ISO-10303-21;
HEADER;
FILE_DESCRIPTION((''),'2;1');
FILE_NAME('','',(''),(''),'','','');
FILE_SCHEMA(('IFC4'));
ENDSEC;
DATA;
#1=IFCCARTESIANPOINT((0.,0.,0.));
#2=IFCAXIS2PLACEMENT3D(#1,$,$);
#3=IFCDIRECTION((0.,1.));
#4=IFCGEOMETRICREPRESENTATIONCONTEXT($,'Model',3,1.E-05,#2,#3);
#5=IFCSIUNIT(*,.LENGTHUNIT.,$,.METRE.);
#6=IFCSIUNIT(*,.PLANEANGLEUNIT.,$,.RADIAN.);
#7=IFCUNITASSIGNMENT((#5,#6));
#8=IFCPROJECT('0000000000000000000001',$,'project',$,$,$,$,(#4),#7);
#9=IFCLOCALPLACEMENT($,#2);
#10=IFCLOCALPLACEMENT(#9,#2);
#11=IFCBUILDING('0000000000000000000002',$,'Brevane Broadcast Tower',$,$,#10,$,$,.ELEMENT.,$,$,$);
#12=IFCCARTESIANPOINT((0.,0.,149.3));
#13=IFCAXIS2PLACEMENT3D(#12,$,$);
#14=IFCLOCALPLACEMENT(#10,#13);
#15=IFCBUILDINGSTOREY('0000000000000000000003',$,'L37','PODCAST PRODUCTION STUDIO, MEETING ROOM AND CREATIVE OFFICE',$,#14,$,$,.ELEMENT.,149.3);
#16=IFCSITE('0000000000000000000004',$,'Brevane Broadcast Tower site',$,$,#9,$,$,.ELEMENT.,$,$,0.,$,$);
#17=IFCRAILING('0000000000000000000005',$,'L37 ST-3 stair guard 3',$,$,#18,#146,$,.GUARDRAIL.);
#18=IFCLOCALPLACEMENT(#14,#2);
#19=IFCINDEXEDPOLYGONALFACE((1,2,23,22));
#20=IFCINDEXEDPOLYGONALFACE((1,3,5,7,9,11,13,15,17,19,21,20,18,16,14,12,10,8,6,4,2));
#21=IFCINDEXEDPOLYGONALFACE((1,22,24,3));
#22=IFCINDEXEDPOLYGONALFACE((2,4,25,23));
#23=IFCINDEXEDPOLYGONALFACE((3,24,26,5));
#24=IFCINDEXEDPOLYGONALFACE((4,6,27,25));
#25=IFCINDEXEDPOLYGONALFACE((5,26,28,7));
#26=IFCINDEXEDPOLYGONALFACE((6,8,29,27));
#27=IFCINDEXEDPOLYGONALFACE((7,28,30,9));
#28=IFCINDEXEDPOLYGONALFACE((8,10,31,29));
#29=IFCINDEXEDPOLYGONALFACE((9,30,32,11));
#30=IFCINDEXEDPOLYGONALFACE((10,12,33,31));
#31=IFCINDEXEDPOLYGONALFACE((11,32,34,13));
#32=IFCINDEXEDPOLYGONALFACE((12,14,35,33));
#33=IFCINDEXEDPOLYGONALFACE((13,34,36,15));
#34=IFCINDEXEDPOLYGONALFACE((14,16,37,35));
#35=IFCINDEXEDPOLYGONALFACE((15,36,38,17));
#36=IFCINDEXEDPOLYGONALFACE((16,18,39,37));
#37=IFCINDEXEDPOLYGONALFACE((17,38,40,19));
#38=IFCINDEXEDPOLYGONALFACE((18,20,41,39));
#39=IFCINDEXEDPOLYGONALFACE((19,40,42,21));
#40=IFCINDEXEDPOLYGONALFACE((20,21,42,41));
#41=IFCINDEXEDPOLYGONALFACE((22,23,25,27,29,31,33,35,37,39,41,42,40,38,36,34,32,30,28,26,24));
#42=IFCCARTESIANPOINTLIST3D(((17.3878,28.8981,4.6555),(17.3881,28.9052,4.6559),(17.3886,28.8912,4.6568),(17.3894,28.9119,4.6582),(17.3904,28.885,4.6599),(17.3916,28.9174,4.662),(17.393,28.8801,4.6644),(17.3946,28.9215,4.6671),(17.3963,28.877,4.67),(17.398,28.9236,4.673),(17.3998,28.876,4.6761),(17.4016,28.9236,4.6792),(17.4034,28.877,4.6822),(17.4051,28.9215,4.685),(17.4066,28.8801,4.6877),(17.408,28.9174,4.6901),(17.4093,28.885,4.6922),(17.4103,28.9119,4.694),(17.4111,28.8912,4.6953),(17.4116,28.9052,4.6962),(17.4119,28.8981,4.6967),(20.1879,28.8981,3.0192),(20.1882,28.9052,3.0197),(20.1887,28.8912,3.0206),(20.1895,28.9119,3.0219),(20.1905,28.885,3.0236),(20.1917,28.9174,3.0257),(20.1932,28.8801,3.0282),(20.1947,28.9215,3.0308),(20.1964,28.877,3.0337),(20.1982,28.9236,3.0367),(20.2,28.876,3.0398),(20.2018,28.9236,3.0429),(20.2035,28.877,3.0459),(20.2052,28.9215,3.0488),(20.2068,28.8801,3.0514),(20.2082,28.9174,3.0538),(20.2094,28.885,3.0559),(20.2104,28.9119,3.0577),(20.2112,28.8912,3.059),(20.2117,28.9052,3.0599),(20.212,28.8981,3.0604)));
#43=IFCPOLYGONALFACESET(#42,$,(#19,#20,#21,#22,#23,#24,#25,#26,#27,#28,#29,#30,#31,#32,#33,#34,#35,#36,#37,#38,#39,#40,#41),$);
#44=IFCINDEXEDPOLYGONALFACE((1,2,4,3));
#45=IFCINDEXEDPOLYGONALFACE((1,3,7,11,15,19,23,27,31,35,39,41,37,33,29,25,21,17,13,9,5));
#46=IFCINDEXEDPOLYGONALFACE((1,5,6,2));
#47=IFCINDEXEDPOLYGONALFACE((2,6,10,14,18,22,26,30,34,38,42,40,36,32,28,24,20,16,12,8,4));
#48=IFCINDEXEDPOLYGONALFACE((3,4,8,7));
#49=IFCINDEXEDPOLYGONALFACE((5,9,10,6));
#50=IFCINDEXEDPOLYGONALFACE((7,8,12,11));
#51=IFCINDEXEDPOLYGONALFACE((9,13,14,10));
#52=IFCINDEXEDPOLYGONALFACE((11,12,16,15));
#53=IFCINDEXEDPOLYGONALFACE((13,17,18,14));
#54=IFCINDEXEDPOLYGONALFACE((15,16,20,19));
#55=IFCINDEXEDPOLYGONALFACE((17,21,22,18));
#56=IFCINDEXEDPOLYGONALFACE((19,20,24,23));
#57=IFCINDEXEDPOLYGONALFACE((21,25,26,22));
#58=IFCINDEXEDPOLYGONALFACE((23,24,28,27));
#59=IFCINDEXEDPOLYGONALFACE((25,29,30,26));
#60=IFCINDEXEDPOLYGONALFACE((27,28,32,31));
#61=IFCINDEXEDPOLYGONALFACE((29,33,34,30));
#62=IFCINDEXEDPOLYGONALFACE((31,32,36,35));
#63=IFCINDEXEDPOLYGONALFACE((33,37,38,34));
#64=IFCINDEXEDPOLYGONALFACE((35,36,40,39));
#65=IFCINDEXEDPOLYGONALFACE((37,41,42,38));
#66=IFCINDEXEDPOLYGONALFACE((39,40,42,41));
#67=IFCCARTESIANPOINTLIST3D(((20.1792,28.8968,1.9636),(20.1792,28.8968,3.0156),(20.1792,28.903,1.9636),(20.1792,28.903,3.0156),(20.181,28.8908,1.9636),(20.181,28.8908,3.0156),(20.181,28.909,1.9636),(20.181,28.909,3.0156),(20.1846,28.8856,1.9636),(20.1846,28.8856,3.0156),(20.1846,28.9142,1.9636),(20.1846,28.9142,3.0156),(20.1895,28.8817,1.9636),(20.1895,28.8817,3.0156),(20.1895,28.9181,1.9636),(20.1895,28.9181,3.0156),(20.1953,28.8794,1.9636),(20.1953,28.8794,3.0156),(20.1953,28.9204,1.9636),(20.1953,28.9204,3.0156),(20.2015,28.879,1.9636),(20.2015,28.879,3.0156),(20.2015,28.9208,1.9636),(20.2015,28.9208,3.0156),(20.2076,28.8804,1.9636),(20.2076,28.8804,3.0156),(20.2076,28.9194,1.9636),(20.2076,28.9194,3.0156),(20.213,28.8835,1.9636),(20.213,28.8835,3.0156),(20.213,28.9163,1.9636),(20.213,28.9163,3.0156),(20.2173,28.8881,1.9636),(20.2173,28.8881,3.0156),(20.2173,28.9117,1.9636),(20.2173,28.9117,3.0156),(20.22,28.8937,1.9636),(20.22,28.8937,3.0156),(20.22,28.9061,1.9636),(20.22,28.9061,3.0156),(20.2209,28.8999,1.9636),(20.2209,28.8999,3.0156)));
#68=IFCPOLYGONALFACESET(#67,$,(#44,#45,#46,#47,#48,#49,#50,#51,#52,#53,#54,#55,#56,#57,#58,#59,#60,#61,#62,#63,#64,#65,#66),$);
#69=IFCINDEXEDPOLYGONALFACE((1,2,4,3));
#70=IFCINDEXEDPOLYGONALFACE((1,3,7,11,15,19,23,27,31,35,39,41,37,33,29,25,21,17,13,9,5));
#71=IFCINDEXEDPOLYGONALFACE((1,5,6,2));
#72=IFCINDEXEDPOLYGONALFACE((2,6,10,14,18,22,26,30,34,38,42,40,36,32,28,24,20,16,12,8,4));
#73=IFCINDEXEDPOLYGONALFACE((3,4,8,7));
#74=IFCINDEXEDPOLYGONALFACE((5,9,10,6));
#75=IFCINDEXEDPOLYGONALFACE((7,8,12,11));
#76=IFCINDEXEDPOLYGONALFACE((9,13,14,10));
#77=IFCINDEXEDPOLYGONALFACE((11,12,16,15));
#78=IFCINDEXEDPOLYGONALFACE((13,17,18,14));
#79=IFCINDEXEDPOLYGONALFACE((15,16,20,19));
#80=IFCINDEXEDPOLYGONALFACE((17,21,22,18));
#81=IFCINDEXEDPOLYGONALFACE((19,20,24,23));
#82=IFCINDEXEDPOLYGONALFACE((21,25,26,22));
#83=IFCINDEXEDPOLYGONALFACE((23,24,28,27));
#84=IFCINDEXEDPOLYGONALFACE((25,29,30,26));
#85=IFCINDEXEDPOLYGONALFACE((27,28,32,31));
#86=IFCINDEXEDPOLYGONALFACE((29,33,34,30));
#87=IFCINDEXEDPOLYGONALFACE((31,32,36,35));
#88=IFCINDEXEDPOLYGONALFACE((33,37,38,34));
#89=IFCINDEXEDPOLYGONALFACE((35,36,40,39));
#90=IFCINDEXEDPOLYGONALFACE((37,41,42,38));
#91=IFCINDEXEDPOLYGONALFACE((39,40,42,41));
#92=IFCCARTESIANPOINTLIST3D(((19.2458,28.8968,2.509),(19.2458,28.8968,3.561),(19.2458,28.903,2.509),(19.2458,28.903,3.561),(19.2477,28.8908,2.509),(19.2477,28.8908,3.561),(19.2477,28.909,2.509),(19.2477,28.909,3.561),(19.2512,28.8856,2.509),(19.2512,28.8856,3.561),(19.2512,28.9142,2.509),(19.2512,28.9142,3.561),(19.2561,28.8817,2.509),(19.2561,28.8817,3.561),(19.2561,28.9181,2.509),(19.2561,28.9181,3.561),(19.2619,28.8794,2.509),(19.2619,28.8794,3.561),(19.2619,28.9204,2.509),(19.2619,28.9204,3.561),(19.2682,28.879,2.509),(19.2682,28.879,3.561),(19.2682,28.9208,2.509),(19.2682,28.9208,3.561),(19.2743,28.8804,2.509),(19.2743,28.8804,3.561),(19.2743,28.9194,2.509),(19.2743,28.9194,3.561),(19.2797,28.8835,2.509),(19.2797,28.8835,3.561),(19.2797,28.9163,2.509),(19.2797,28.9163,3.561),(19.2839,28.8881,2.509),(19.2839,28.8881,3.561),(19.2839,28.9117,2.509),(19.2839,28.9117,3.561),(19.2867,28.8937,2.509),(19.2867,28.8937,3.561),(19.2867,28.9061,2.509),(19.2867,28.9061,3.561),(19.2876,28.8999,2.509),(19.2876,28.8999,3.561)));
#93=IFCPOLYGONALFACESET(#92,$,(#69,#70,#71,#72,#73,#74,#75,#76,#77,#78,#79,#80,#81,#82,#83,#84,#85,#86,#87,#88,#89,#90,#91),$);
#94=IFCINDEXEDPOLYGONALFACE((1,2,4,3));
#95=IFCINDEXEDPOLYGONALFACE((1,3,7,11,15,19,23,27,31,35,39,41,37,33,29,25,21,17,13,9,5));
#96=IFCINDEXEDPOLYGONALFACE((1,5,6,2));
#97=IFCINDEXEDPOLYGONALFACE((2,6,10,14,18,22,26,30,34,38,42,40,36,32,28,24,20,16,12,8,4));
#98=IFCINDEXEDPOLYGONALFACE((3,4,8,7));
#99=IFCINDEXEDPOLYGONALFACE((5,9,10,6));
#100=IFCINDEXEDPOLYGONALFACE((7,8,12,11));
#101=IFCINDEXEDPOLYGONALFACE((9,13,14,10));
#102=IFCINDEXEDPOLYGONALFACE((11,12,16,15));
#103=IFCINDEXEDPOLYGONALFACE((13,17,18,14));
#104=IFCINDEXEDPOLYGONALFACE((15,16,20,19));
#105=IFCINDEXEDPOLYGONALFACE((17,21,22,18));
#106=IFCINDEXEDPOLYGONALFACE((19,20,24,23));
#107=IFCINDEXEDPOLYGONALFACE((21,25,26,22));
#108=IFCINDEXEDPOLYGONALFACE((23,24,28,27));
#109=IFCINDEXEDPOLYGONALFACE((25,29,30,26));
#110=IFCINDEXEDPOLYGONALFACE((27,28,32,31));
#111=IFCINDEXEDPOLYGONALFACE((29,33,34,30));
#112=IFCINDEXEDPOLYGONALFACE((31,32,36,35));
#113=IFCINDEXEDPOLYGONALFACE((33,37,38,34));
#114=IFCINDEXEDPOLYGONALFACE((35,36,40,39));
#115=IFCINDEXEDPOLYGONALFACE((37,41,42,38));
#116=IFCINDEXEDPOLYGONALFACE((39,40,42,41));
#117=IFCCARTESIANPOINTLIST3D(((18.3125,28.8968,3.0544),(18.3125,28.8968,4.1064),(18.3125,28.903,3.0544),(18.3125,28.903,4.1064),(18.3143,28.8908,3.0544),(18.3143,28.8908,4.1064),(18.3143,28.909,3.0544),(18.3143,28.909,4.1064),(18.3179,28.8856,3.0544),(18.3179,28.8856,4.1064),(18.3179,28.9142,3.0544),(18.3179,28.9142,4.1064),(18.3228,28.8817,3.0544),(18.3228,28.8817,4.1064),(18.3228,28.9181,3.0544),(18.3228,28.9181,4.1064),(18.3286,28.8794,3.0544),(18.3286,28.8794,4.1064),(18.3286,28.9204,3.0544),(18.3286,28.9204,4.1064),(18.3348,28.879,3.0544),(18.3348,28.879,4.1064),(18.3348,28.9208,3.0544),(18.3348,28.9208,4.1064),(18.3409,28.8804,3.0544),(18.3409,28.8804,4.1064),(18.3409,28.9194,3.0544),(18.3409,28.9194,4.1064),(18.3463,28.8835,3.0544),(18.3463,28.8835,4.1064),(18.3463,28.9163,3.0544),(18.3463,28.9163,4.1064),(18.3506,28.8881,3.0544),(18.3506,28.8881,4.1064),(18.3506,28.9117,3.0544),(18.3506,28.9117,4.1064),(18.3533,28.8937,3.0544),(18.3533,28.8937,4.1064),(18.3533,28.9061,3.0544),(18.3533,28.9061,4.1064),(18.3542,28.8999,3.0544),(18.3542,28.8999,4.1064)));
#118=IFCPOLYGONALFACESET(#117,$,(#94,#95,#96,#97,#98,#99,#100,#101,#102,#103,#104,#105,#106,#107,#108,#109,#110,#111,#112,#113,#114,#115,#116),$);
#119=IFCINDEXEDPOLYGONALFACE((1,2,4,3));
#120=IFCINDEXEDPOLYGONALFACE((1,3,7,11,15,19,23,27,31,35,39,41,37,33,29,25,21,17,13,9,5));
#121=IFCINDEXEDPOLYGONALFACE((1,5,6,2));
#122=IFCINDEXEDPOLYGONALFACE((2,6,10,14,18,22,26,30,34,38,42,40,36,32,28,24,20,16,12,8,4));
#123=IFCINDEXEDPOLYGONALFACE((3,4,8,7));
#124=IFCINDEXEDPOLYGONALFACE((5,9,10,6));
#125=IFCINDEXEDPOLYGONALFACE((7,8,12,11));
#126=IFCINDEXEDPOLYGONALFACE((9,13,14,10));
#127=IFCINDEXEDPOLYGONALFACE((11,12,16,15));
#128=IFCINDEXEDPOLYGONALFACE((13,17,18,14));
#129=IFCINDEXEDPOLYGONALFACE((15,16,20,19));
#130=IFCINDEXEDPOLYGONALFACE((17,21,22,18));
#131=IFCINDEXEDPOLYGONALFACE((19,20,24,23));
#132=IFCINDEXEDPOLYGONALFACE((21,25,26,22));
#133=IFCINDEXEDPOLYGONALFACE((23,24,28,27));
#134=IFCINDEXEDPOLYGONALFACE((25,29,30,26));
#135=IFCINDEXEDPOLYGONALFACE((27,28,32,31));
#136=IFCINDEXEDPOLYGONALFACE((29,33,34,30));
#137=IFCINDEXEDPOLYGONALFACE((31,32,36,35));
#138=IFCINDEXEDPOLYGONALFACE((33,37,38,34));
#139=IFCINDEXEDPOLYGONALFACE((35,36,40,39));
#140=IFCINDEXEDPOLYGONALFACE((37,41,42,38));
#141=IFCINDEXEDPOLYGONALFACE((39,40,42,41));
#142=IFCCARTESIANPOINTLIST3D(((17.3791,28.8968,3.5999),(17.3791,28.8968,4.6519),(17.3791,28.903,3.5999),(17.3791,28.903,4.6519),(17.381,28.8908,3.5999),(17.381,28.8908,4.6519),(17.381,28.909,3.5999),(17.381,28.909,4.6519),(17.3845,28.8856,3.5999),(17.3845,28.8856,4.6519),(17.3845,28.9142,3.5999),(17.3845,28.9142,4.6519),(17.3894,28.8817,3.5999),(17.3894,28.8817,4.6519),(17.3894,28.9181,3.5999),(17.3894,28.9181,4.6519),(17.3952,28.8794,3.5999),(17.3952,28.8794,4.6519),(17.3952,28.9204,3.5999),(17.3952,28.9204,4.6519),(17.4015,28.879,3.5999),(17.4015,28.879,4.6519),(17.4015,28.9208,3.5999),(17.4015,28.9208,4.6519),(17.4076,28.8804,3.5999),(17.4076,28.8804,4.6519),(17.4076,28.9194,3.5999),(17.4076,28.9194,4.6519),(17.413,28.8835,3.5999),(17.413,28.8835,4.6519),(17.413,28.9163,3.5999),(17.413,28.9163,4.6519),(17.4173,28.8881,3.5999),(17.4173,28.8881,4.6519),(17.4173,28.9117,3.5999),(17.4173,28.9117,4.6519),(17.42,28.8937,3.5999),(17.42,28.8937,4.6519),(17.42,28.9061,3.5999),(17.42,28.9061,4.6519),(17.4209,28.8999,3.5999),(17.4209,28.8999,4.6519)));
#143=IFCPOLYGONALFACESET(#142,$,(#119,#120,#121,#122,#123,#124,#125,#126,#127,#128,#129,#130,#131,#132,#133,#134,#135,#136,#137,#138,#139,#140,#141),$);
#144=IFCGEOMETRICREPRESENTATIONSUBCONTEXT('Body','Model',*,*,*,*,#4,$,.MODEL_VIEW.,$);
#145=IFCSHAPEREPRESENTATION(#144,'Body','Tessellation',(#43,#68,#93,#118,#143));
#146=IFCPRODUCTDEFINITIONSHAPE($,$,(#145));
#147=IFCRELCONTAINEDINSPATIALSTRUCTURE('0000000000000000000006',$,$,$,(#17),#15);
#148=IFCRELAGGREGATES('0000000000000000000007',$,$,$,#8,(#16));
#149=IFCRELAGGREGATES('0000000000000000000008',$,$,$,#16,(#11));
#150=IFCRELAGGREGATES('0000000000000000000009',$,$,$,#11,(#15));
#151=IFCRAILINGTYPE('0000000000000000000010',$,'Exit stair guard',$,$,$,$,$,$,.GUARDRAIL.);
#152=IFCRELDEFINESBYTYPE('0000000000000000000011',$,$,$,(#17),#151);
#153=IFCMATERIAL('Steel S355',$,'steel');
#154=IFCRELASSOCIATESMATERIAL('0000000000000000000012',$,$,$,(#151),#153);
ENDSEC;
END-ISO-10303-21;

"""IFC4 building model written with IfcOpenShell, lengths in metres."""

from ifc_helpers import new_model, si_unit, direction, frame, origin, origin_2d, place, context, subcontext, project, spatial, circle, extrude, material, type_object, element, save


model = new_model("IFC4")

# Units and contexts
model_context = context("Model", 3, precision=1e-05, world=origin(), true_north=direction((0.0, 1.0)))
body_context = subcontext(model_context, "Body", "Model", "MODEL_VIEW")
ifc_project = project(units=[si_unit("LENGTHUNIT", "METRE"), si_unit("PLANEANGLEUNIT", "RADIAN")], contexts=[model_context])

# Site, building, storey
site_placement = place(None, origin())
site = spatial("IfcSite", under=ifc_project, at=site_placement, Name="Brevane Broadcast Tower site", CompositionType="ELEMENT", RefElevation=0.0)
building_placement = place(site_placement, origin())
building = spatial("IfcBuilding", under=site, at=building_placement, Name="Brevane Broadcast Tower", CompositionType="ELEMENT")
storey_placement = place(building_placement, frame((0.0, 0.0, 149.3)))
storey = spatial("IfcBuildingStorey", under=building, at=storey_placement, Name="L37", Description="PODCAST PRODUCTION STUDIO, MEETING ROOM AND CREATIVE OFFICE", CompositionType="ELEMENT", Elevation=149.3)

# Railing
ifc_material_1 = material(Name="Steel S355", Category="steel")
railing_type_1 = type_object("IfcRailingType", Name="Exit stair guard", PredefinedType="GUARDRAIL", material=ifc_material_1)
railing_1_placement = place(storey_placement, frame((20.2, 28.8999, 1.9636)))
element("IfcRailing", 1, at=railing_1_placement, inside=storey, type_object=railing_type_1, Name="L37 ST-3 stair guard 3", PredefinedType="GUARDRAIL", context=body_context, shape_type="SweptSolid", body=[
    extrude(circle(Radius=0.0239, at=origin_2d()), frame((0.0, 0.0, 1.0762), z_axis=(-0.863394, 0.0, 0.504531), x_axis=(0.0, -1.0, 0.0)), (0.0, 0.0, 1.0), 3.2432),
    extrude(circle(Radius=0.021, at=origin_2d()), origin(), (0.0, 0.0, 1.0), 1.052),
    extrude(circle(Radius=0.021, at=origin_2d()), frame((-0.9333, 0.0, 0.5454)), (0.0, 0.0, 1.0), 1.052),
    extrude(circle(Radius=0.021, at=origin_2d()), frame((-1.8667, 0.0, 1.0908)), (0.0, 0.0, 1.0), 1.052),
    extrude(circle(Radius=0.021, at=origin_2d()), frame((-2.8, 0.0, 1.6362)), (0.0, 0.0, 1.0), 1.052),
])

save(model, "model.ifc")
